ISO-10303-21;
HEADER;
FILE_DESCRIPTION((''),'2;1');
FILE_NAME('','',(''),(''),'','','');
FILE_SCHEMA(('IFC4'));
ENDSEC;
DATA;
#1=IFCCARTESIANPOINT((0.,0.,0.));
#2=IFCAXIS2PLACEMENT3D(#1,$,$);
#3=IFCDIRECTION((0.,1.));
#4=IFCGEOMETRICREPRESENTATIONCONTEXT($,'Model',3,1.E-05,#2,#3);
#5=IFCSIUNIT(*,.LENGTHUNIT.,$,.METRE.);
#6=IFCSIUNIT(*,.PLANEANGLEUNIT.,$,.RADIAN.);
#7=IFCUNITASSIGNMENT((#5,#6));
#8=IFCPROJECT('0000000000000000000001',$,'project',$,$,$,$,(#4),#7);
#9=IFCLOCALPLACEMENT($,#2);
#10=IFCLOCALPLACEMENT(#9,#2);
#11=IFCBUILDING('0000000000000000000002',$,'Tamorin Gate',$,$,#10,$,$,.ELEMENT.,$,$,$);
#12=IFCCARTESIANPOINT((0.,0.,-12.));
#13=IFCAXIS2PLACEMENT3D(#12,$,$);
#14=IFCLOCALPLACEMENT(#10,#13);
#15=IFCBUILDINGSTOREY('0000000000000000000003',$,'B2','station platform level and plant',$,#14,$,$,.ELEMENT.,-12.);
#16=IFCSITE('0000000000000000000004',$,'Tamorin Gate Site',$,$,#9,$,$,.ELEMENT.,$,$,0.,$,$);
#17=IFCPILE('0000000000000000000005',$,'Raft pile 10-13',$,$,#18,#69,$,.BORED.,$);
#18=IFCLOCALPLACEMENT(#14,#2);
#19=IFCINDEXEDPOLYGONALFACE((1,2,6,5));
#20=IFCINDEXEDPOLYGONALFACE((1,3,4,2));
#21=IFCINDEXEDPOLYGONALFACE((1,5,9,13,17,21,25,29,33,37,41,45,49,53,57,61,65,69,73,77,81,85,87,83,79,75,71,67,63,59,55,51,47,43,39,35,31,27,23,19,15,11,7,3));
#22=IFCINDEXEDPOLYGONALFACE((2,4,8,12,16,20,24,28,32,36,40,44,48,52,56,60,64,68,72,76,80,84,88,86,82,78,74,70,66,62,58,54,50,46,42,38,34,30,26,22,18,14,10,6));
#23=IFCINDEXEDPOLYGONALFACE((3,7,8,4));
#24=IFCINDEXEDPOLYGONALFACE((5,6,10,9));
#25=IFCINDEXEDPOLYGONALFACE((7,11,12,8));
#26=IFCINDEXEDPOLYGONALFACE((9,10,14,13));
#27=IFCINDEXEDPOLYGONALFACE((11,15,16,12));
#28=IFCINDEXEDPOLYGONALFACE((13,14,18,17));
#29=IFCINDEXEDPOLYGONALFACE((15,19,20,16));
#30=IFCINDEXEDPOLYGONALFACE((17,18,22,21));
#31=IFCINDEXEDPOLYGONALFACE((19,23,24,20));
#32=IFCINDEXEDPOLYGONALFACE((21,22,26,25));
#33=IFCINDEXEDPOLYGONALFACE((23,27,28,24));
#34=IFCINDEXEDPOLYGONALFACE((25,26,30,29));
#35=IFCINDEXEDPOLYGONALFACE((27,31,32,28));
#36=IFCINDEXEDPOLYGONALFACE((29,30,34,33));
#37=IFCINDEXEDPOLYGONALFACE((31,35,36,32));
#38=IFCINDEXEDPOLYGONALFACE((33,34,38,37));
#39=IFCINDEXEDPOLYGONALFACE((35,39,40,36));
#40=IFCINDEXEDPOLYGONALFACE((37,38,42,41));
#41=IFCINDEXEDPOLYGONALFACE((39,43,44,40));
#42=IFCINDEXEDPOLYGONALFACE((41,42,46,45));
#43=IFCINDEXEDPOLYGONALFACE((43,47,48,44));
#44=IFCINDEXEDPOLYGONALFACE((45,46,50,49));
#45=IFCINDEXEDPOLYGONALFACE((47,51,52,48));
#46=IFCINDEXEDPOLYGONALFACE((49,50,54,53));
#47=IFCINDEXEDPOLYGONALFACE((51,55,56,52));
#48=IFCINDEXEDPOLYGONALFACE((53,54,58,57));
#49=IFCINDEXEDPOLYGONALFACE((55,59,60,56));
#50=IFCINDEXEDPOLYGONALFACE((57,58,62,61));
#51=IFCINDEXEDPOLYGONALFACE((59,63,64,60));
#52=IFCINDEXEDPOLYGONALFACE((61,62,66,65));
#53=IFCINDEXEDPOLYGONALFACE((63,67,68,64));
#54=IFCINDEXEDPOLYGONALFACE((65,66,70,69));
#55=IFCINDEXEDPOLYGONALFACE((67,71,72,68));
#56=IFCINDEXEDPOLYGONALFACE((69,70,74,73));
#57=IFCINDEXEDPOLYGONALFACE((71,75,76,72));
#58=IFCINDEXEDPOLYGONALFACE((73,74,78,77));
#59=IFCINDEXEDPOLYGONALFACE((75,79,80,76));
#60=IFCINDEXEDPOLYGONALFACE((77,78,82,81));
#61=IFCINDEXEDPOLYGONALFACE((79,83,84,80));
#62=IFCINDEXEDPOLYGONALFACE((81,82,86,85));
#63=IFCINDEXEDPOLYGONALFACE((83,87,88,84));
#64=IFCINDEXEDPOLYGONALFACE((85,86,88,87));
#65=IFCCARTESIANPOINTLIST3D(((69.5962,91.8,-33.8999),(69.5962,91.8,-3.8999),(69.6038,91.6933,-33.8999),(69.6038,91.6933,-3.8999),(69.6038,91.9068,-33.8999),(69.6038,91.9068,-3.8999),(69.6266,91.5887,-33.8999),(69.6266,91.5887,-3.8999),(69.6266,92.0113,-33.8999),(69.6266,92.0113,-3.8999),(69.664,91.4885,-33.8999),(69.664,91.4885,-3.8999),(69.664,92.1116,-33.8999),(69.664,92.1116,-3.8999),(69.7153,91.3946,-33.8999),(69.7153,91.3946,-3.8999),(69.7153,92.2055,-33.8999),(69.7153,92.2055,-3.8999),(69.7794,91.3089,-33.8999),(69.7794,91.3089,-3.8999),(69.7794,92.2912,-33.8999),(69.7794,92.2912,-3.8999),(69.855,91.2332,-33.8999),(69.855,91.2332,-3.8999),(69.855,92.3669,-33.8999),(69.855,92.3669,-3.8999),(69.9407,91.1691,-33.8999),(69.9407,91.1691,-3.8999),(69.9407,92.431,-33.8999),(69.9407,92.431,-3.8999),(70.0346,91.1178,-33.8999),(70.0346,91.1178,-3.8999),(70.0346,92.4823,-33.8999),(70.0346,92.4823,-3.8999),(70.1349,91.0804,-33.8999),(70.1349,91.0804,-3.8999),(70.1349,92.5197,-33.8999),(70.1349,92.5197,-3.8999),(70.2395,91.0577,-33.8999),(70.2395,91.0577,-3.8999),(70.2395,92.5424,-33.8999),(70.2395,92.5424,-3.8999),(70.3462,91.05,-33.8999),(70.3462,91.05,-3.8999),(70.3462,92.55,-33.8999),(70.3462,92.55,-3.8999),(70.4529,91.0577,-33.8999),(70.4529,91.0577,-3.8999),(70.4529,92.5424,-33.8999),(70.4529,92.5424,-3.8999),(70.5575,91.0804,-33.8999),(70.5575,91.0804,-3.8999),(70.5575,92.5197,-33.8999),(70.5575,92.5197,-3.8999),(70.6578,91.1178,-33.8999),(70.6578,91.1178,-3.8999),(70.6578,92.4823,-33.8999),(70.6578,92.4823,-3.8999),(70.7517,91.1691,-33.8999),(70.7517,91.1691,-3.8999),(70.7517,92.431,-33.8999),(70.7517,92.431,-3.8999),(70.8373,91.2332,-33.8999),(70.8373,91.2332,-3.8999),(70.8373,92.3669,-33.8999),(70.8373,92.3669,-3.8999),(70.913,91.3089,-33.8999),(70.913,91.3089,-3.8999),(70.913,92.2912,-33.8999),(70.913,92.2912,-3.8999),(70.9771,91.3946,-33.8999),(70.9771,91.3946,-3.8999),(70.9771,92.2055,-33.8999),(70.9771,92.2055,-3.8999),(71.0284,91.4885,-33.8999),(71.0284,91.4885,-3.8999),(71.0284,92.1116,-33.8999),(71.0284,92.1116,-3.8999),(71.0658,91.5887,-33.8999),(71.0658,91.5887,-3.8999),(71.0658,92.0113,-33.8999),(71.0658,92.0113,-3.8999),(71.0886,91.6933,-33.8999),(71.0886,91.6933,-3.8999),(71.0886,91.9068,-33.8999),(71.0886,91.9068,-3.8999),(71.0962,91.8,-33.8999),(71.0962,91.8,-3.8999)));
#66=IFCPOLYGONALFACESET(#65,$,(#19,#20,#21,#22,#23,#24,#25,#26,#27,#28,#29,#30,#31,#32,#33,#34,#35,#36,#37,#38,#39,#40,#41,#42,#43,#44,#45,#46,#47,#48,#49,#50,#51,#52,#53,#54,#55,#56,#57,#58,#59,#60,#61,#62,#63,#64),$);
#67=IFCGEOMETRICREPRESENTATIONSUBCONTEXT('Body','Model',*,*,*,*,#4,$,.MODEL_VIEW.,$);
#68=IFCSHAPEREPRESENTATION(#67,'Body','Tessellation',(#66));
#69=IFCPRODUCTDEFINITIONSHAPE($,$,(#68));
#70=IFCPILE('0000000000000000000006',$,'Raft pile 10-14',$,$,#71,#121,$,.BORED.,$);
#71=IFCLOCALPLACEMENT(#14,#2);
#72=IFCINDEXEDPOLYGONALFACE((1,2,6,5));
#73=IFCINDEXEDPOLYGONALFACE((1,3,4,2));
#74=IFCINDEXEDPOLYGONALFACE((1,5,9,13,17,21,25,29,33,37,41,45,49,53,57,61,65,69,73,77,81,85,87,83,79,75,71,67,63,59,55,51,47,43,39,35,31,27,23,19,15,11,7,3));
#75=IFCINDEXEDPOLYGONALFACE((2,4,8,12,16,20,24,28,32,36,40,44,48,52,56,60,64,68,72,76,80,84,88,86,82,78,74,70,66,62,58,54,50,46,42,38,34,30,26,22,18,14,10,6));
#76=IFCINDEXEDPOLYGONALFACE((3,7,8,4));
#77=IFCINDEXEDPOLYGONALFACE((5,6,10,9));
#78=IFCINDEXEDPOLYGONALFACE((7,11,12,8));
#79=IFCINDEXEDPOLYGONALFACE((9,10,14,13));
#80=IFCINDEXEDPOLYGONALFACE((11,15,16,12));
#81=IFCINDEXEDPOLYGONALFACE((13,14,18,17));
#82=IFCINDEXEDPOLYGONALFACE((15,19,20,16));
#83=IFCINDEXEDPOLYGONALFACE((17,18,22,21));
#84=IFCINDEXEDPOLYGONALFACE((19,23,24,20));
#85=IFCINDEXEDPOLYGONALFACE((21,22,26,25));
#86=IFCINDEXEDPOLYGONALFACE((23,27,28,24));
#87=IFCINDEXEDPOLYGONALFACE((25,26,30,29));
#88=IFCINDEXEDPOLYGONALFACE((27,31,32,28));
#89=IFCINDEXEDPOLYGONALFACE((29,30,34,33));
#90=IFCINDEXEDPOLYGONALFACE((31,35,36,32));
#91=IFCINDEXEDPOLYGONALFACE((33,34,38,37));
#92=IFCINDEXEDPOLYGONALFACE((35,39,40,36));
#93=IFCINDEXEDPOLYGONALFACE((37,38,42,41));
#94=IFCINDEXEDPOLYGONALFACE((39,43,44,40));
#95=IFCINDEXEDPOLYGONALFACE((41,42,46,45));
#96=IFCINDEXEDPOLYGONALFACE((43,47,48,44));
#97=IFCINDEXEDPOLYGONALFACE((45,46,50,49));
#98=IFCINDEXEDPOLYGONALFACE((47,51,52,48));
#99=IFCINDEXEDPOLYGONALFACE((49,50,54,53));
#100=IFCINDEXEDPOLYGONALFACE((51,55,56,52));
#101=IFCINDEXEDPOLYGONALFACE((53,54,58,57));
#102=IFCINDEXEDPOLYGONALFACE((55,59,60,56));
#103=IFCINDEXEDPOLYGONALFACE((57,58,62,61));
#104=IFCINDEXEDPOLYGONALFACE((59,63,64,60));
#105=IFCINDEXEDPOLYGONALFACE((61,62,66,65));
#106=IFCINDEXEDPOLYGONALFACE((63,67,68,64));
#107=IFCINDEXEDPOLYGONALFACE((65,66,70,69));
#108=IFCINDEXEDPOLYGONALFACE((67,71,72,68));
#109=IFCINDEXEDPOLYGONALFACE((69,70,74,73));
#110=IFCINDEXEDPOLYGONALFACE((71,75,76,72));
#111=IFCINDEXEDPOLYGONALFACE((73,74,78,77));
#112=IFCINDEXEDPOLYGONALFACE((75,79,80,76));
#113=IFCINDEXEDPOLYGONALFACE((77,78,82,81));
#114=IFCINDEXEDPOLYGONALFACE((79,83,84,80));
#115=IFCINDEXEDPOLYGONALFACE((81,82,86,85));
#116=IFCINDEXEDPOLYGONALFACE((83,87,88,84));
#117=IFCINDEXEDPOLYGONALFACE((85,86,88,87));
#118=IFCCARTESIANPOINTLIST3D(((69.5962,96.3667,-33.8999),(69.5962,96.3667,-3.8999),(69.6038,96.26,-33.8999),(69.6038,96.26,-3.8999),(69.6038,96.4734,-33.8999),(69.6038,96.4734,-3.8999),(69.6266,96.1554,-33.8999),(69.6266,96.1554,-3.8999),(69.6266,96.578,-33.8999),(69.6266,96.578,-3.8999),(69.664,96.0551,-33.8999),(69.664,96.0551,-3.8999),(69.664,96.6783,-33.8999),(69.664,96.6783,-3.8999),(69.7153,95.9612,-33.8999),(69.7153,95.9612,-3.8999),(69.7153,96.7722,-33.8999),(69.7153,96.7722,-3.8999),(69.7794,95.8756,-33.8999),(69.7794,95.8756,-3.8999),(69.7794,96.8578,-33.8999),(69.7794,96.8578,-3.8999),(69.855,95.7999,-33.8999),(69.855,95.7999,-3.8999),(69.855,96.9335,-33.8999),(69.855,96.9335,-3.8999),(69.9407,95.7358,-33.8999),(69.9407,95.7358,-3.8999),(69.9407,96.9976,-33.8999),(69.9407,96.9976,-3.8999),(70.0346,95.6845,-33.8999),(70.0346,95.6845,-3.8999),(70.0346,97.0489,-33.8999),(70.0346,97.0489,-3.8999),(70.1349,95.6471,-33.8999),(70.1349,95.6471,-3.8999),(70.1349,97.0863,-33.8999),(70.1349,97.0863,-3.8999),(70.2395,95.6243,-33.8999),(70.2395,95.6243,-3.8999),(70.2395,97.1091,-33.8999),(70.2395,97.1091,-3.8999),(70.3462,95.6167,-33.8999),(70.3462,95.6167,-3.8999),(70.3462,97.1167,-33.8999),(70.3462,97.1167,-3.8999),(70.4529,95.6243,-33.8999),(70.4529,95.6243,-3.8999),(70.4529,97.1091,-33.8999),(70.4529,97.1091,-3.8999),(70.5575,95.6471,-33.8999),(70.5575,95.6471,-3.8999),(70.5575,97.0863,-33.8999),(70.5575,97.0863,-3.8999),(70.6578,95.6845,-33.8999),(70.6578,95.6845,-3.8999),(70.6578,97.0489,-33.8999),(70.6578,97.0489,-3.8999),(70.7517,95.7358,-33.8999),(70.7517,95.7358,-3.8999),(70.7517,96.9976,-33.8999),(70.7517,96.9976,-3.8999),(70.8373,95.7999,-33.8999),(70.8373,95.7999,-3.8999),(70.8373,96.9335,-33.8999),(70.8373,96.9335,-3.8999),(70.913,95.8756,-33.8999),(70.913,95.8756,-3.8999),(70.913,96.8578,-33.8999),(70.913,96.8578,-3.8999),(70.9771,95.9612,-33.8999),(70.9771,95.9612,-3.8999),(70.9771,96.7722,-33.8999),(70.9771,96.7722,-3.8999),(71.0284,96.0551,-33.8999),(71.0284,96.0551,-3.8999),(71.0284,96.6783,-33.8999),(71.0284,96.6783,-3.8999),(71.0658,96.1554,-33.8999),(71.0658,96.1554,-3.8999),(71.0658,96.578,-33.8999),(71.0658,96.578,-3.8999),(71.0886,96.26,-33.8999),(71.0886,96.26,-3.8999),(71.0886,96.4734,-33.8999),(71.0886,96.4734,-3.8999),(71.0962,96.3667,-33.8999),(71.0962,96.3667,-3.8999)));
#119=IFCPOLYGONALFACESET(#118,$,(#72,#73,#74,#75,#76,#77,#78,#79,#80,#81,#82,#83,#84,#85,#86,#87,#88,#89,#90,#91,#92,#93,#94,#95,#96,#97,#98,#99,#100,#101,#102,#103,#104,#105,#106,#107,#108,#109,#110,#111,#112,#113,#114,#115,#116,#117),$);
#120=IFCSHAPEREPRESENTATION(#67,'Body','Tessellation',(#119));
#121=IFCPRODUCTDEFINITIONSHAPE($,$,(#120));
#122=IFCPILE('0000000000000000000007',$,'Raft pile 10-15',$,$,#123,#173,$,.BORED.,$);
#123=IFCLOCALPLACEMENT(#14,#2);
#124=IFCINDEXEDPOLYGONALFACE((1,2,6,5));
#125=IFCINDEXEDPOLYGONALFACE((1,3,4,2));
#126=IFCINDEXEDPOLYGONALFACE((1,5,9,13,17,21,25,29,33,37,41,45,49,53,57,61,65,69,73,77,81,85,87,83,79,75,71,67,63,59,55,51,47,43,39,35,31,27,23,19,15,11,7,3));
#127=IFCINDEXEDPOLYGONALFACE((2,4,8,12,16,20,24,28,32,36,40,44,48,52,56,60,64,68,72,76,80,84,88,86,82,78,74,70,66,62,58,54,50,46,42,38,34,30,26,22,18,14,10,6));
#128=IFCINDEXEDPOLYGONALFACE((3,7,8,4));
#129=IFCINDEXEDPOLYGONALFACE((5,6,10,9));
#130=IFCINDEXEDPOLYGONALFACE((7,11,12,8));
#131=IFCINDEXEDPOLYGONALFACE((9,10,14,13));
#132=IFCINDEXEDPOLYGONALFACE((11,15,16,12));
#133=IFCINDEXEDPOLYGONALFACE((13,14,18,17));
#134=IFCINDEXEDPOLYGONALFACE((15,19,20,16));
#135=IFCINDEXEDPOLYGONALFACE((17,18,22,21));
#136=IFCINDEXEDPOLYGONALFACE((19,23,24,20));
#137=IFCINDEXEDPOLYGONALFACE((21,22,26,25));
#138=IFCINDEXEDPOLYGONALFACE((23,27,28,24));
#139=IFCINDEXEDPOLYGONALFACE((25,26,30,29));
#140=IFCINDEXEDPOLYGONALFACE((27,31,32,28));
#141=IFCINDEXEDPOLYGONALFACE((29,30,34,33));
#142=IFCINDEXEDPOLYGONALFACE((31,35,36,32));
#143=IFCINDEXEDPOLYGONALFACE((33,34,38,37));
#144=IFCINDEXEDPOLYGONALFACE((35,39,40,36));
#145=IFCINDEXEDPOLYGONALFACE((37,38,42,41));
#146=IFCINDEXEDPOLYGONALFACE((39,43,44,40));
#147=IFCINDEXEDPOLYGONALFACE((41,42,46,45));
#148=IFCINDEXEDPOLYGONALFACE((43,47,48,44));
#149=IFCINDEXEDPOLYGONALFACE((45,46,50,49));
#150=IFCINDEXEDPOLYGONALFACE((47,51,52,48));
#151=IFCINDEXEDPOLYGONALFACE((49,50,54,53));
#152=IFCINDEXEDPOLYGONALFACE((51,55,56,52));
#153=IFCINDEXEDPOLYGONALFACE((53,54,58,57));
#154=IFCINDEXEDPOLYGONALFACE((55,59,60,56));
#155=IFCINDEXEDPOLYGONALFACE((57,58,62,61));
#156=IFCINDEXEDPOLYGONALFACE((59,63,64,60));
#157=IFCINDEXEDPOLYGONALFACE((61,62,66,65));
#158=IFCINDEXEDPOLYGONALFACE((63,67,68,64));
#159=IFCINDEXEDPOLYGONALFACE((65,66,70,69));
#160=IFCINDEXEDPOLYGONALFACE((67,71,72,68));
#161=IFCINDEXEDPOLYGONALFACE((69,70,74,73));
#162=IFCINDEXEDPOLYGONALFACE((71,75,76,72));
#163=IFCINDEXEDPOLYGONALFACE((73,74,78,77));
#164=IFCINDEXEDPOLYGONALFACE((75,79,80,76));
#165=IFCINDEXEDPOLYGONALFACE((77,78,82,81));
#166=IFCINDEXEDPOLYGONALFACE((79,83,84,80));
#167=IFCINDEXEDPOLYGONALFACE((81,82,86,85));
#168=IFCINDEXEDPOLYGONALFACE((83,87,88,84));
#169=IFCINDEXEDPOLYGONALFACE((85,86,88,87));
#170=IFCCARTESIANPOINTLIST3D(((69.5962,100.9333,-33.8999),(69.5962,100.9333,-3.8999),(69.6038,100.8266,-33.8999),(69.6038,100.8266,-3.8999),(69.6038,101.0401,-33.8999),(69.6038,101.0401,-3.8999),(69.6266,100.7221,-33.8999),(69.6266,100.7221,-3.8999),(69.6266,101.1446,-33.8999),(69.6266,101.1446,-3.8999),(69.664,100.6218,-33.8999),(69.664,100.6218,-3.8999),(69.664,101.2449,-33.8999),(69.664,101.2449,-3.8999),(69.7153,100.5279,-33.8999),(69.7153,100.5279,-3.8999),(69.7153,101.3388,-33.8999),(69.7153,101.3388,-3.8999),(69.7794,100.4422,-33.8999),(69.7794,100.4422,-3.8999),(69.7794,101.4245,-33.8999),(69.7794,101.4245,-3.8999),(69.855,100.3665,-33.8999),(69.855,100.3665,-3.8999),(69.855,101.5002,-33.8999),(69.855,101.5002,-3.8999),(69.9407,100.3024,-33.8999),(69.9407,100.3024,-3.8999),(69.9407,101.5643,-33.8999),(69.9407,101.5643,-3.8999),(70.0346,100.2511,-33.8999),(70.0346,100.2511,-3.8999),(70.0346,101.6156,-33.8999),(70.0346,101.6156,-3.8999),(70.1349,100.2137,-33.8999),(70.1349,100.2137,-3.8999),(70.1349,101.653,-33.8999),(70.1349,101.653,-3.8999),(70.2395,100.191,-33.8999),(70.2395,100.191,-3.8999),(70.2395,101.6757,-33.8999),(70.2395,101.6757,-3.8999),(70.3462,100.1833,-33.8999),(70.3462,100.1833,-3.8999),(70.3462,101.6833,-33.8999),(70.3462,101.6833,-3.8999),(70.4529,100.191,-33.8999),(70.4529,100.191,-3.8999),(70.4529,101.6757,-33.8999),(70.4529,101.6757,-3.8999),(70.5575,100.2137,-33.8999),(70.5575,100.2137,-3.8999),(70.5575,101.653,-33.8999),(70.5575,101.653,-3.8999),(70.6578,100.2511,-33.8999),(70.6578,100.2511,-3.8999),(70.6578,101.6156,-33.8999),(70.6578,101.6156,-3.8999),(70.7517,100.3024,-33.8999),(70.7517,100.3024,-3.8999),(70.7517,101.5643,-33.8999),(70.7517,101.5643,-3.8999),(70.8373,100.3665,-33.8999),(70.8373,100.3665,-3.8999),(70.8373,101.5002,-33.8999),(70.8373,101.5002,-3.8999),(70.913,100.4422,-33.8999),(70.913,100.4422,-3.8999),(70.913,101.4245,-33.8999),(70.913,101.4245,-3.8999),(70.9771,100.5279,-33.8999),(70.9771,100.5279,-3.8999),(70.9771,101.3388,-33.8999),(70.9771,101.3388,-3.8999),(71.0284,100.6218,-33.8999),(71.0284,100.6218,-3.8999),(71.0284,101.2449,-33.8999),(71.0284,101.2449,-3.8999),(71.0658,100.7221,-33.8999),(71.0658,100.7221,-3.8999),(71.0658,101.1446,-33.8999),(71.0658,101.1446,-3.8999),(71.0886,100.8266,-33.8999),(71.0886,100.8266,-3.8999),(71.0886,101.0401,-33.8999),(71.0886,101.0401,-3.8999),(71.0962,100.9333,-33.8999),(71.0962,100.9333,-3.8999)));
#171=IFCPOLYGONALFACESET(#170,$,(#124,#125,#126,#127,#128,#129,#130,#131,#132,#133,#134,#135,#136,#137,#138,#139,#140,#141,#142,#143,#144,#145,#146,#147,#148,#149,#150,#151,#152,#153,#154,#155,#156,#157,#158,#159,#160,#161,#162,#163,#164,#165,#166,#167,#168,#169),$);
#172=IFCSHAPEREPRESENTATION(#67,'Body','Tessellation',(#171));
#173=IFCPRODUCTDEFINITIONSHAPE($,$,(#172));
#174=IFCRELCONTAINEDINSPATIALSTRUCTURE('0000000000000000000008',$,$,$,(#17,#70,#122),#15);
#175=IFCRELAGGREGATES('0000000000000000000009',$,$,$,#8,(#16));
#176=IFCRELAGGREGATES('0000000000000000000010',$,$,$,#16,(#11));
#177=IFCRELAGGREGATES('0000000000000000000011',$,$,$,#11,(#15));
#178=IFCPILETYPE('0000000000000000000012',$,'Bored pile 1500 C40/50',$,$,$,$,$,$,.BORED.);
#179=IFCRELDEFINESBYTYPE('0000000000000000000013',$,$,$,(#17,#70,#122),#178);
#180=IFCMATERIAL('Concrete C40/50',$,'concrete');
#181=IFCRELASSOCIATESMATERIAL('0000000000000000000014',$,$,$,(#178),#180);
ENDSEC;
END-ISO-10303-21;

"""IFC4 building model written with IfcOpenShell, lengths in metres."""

from ifc_helpers import new_model, si_unit, direction, frame, origin, origin_2d, place, context, subcontext, project, spatial, circle, extrude, material, material_profile, profile_set, type_object, element, save


model = new_model("IFC4")

# Units and contexts
model_context = context("Model", 3, precision=1e-05, world=origin(), true_north=direction((0.0, 1.0)))
body_context = subcontext(model_context, "Body", "Model", "MODEL_VIEW")
ifc_project = project(units=[si_unit("LENGTHUNIT", "METRE"), si_unit("PLANEANGLEUNIT", "RADIAN")], contexts=[model_context])

# Site, building, storey
site_placement = place(None, origin())
site = spatial("IfcSite", under=ifc_project, at=site_placement, Name="Tamorin Gate Site", CompositionType="ELEMENT", RefElevation=0.0)
building_placement = place(site_placement, origin())
building = spatial("IfcBuilding", under=site, at=building_placement, Name="Tamorin Gate", CompositionType="ELEMENT")
storey_placement = place(building_placement, frame((0.0, 0.0, -12.0)))
storey = spatial("IfcBuildingStorey", under=building, at=storey_placement, Name="B2", Description="station platform level and plant", CompositionType="ELEMENT", Elevation=-12.0)

# Piles
ifc_material_1 = material(Name="Concrete C40/50", Category="concrete")
ifc_material_profile_1 = material_profile(ifc_material_1, circle(Radius=0.75, at=origin_2d()))
ifc_profile_set_1 = profile_set([ifc_material_profile_1], Name="Concrete C40/50")
pile_type = type_object("IfcPileType", Name="Bored pile 1500 C40/50", PredefinedType="BORED", material=ifc_profile_set_1)
for number, where, z_axis, x_axis, name in (
    (1, (70.3462, 91.8, -3.8999), (0.0, 0.0, -1.0), (1.0, 0.0, 0.0), "Raft pile 10-13"),
    (2, (70.3462, 96.3667, -3.8999), (0.0, 0.0, -1.0), (1.0, 0.0, 0.0), "Raft pile 10-14"),
    (3, (70.3462, 100.9333, -3.8999), (0.0, 0.0, -1.0), (1.0, 0.0, 0.0), "Raft pile 10-15"),
):
    element("IfcPile", number, at=place(storey_placement, frame(where, z_axis=z_axis, x_axis=x_axis)), inside=storey, type_object=pile_type, Name=name, PredefinedType="BORED", context=body_context, shape_type="SweptSolid", body=[
        extrude(circle(Radius=0.75, at=origin_2d()), origin(), (0.0, 0.0, 1.0), 30.0),
    ])

save(model, "model.ifc")
